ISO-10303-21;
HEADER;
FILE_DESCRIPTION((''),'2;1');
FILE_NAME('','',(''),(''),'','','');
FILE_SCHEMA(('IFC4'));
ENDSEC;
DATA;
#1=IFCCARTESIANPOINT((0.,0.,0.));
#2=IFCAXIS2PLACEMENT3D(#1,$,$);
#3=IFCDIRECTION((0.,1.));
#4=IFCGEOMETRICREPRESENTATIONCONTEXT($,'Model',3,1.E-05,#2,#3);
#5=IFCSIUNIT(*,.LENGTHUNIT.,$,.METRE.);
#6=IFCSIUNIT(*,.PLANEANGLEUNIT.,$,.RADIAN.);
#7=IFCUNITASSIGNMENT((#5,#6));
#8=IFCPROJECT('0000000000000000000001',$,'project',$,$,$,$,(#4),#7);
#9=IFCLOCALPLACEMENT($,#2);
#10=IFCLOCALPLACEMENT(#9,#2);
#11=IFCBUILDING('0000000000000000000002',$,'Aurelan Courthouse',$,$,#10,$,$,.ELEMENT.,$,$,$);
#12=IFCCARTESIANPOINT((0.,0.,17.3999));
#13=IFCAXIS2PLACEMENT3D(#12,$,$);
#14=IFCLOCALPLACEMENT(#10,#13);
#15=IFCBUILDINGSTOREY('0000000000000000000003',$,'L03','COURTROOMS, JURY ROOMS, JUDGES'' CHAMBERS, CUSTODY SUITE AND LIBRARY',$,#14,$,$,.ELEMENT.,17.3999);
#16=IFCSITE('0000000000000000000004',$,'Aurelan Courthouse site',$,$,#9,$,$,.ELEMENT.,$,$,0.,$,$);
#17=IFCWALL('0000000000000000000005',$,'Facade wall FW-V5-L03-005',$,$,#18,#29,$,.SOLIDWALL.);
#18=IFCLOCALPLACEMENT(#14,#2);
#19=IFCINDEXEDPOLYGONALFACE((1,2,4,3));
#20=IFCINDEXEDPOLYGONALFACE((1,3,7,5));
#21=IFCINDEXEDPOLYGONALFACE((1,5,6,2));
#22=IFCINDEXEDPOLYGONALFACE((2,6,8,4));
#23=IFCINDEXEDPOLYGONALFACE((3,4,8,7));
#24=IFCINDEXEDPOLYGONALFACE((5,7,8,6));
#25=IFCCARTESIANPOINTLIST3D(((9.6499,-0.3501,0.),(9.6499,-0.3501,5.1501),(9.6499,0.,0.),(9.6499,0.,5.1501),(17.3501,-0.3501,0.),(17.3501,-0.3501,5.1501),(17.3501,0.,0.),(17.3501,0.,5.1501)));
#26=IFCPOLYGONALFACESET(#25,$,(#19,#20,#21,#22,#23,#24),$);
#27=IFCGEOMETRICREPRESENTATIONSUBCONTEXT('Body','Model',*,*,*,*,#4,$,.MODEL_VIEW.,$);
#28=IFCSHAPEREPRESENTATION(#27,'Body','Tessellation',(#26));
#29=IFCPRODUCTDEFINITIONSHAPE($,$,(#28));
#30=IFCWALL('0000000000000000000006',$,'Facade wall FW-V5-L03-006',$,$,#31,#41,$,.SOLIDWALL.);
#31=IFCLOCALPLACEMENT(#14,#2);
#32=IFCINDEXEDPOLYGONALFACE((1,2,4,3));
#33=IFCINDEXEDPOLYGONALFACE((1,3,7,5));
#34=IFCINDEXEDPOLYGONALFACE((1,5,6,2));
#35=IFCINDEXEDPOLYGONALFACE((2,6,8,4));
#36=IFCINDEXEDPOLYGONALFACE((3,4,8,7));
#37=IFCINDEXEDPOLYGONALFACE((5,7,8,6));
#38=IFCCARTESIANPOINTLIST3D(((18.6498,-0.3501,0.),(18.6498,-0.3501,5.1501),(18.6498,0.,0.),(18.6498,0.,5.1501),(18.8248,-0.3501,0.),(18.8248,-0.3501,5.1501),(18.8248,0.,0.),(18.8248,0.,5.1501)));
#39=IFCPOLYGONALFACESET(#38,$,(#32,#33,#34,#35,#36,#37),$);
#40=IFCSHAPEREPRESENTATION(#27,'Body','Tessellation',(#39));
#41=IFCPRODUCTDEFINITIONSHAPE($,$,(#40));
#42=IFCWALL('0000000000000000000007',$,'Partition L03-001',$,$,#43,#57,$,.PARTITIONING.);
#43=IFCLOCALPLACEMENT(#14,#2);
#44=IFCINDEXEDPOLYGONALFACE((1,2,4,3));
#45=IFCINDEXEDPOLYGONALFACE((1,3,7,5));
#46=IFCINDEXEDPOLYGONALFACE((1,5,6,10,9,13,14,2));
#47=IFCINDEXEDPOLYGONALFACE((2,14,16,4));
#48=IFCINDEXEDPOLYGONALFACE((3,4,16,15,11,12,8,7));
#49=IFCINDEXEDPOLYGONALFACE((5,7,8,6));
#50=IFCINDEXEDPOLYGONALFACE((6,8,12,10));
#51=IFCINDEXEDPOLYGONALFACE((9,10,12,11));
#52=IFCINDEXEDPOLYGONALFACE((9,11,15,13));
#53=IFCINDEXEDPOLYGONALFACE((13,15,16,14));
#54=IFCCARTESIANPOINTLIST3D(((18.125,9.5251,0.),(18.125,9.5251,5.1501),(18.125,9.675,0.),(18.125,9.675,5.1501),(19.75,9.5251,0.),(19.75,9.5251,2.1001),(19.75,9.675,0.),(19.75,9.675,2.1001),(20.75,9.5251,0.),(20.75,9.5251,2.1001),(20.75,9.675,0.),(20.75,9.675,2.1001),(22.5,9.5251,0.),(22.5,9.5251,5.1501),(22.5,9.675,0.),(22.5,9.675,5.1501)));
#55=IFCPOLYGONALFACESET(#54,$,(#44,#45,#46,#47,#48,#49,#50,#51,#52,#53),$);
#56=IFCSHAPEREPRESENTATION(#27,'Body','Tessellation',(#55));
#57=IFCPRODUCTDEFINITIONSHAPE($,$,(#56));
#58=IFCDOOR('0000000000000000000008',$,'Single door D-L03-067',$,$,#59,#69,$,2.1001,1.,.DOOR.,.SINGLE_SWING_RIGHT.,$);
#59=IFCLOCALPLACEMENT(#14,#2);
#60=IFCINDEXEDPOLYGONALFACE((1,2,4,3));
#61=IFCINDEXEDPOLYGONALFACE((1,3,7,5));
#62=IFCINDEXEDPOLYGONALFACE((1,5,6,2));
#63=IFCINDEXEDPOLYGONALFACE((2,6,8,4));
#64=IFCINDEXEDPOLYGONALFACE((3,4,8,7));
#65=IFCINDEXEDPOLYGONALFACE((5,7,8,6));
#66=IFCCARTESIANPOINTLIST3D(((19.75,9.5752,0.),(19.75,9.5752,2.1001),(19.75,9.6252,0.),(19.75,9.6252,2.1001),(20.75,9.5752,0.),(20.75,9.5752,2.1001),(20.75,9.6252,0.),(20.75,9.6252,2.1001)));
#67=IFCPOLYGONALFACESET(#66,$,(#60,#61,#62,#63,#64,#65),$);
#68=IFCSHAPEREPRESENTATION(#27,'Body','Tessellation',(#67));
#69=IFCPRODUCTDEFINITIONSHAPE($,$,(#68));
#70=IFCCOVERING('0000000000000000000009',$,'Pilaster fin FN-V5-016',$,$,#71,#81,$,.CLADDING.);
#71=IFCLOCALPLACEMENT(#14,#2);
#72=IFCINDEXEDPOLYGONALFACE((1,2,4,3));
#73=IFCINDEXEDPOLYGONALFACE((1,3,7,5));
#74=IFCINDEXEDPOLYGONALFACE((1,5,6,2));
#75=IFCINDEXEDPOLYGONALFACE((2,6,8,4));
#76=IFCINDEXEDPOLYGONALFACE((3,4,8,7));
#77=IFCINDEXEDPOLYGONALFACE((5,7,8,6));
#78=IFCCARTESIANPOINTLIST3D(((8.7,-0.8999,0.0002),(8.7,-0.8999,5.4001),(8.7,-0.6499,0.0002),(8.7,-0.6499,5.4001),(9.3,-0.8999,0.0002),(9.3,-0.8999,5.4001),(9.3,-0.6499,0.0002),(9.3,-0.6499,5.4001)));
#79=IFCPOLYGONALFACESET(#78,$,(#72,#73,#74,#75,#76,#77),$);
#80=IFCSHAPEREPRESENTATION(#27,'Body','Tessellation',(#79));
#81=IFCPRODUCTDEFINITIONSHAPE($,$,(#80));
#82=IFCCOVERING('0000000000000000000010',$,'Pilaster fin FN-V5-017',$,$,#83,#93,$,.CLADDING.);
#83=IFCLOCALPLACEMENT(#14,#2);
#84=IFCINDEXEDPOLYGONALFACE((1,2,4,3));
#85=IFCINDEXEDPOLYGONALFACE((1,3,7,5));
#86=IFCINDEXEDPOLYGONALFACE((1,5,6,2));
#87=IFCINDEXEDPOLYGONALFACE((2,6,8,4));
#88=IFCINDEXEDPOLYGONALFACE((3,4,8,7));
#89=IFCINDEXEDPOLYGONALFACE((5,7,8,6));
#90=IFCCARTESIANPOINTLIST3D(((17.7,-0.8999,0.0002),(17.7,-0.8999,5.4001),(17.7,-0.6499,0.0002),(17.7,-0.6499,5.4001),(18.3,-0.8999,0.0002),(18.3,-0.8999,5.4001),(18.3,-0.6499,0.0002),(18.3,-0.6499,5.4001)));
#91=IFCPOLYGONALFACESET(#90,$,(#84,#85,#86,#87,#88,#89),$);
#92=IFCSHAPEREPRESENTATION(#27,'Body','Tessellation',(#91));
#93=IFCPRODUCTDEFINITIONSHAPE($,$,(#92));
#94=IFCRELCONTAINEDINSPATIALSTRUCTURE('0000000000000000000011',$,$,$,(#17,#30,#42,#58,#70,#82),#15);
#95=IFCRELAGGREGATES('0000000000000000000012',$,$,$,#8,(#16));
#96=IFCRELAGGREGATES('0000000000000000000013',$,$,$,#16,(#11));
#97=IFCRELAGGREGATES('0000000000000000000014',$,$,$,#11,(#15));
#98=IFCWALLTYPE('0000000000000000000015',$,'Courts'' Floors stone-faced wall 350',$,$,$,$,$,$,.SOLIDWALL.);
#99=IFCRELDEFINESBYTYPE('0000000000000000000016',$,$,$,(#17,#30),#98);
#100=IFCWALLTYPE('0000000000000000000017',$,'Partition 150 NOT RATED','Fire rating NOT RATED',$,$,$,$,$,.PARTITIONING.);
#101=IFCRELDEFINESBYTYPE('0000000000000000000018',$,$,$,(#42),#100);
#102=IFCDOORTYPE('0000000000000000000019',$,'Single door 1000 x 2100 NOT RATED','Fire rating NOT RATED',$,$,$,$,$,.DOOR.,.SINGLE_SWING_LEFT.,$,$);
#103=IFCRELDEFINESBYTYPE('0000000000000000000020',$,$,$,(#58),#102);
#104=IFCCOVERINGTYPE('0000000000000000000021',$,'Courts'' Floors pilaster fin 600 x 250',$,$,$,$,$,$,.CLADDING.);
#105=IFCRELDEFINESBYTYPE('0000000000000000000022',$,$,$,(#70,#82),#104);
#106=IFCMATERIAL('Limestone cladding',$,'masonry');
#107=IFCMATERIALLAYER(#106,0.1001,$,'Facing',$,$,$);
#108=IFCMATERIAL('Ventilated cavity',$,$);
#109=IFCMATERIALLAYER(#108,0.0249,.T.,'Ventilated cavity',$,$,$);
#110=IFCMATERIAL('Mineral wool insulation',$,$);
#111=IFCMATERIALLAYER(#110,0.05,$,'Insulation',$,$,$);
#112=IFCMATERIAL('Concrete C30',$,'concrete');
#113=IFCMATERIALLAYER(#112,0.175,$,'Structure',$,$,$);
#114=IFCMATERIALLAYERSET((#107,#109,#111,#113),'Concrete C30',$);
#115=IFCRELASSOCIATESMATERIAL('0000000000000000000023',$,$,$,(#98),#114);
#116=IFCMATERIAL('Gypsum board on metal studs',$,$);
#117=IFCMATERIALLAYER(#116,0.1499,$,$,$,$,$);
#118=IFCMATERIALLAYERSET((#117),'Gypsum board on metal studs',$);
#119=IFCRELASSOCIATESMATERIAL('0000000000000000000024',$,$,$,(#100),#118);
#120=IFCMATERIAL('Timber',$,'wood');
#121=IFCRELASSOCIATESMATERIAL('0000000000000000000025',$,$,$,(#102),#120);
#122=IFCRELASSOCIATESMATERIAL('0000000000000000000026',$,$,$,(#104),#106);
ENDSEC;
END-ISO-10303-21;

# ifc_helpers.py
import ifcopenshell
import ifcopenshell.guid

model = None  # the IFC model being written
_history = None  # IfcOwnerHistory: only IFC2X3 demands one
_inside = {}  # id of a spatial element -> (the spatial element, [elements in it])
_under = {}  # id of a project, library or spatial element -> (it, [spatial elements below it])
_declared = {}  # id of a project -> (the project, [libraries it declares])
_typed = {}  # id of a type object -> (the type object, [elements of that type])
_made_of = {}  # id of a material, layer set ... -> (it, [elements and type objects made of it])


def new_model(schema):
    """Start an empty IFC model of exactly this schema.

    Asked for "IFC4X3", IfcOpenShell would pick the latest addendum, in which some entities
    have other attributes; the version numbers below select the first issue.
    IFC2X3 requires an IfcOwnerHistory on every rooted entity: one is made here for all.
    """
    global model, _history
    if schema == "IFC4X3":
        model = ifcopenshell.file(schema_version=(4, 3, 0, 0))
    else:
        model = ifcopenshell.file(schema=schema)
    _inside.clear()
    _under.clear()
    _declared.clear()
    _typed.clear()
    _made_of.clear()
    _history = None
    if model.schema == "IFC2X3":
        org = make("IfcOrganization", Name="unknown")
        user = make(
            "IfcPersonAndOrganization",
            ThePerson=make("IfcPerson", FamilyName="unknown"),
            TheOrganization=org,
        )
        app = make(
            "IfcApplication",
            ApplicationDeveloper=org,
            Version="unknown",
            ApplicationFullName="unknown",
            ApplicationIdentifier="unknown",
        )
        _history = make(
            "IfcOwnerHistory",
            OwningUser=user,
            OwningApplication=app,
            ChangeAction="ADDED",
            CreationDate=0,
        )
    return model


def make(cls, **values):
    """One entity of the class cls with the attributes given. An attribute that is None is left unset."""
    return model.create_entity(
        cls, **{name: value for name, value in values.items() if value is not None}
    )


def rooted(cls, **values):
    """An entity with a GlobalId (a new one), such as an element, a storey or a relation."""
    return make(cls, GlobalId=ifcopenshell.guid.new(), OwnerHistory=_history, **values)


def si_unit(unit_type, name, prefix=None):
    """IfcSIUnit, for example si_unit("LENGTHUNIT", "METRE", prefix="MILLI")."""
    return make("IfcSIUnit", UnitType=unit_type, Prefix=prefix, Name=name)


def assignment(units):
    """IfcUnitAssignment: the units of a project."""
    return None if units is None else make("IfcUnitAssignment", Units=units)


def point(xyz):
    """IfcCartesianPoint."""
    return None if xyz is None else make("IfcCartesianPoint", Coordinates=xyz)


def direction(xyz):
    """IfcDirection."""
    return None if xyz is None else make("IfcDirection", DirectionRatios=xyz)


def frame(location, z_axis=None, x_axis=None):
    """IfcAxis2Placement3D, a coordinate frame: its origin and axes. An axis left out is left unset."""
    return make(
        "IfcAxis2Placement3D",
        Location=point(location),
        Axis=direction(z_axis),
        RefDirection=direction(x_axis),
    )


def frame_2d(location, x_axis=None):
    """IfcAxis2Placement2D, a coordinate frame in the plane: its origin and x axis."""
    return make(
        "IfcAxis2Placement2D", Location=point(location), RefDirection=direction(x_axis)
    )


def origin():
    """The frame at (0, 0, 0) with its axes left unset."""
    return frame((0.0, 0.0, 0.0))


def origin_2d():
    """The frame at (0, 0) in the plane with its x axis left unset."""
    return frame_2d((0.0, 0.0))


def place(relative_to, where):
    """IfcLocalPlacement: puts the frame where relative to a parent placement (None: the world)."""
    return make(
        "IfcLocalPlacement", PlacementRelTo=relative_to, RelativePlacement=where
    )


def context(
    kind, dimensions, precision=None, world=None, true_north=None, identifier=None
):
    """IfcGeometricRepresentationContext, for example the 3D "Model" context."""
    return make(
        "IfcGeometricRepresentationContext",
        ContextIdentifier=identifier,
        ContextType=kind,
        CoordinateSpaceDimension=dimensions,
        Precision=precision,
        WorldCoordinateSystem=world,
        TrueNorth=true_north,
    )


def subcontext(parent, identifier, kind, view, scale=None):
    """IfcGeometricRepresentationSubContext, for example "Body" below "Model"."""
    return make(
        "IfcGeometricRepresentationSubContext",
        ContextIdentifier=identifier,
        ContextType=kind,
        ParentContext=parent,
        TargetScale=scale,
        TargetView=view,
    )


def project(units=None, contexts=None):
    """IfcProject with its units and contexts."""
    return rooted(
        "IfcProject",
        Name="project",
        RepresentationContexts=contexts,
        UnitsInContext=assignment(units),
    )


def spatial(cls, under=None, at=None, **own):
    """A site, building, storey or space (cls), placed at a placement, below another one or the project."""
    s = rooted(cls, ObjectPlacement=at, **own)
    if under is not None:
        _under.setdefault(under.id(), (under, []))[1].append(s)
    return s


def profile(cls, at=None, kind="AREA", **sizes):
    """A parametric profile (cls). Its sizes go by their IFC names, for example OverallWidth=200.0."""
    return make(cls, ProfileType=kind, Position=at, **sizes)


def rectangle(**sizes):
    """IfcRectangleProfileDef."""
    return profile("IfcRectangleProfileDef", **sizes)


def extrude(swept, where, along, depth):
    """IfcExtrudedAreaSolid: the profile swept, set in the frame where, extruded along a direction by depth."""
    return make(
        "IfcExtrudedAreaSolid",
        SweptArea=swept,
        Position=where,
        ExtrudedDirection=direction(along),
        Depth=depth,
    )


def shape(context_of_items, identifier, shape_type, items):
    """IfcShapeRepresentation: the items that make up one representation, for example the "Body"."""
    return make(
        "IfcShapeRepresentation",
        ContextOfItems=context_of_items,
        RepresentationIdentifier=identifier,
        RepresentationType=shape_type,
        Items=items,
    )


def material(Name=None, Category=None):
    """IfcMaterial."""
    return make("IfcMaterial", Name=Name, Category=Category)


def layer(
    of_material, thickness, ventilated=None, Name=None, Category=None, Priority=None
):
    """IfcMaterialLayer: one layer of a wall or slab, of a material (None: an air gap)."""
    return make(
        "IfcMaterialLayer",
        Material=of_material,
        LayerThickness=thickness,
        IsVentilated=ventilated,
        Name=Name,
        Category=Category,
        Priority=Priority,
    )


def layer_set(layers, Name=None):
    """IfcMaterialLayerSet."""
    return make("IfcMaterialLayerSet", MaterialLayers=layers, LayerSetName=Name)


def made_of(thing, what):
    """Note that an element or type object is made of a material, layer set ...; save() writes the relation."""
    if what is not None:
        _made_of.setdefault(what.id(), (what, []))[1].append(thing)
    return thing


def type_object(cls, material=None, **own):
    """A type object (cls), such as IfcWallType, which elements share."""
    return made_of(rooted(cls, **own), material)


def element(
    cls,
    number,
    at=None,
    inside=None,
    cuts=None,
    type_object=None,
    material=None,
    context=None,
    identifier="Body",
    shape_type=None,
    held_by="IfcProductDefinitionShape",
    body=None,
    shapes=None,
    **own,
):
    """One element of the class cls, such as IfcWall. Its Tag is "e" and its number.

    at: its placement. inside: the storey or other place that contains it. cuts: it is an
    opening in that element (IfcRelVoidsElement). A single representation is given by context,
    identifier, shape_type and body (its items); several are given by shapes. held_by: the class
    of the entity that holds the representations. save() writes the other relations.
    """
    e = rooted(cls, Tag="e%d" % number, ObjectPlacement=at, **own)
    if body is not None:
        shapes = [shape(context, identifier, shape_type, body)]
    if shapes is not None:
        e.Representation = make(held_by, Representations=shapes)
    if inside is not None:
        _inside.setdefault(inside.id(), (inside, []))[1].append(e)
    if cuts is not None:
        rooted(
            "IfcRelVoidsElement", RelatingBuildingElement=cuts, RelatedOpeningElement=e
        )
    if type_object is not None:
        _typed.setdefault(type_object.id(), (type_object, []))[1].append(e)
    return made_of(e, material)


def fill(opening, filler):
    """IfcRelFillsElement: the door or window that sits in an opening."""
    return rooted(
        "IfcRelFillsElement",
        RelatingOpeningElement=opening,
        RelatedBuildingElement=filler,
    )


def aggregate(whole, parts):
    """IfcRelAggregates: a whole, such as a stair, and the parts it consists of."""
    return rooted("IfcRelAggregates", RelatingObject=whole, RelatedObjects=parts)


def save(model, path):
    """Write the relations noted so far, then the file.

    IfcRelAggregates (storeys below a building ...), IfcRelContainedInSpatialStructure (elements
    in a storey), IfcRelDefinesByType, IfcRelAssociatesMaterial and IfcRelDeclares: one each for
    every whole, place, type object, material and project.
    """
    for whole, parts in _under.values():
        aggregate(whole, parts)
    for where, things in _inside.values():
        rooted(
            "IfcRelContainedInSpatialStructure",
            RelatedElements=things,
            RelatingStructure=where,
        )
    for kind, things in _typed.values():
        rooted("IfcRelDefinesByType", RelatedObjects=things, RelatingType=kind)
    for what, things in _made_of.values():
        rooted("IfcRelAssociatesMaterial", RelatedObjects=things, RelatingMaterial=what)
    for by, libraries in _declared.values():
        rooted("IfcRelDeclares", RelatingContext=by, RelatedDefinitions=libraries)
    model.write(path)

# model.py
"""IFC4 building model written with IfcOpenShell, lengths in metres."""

from ifc_helpers import new_model, si_unit, direction, frame, frame_2d, origin, origin_2d, place, context, subcontext, project, spatial, rectangle, extrude, material, layer, layer_set, type_object, element, fill, save


model = new_model("IFC4")

# Units and contexts
model_context = context("Model", 3, precision=1e-05, world=origin(), true_north=direction((0.0, 1.0)))
body_context = subcontext(model_context, "Body", "Model", "MODEL_VIEW")
ifc_project = project(units=[si_unit("LENGTHUNIT", "METRE"), si_unit("PLANEANGLEUNIT", "RADIAN")], contexts=[model_context])

# Site, building, storey
site_placement = place(None, origin())
site = spatial("IfcSite", under=ifc_project, at=site_placement, Name="Aurelan Courthouse site", CompositionType="ELEMENT", RefElevation=0.0)
building_placement = place(site_placement, origin())
building = spatial("IfcBuilding", under=site, at=building_placement, Name="Aurelan Courthouse", CompositionType="ELEMENT")
storey_placement = place(building_placement, frame((0.0, 0.0, 17.3999)))
storey = spatial("IfcBuildingStorey", under=building, at=storey_placement, Name="L03", Description="COURTROOMS, JURY ROOMS, JUDGES' CHAMBERS, CUSTODY SUITE AND LIBRARY", CompositionType="ELEMENT", Elevation=17.3999)

# Walls
ifc_material_1 = material(Name="Limestone cladding", Category="masonry")
ifc_layer_1 = layer(ifc_material_1, 0.1001, Name="Facing")
ifc_material_2 = material(Name="Ventilated cavity")
ifc_layer_2 = layer(ifc_material_2, 0.0249, ventilated=True, Name="Ventilated cavity")
ifc_material_3 = material(Name="Mineral wool insulation")
ifc_layer_3 = layer(ifc_material_3, 0.05, Name="Insulation")
ifc_material_4 = material(Name="Concrete C30", Category="concrete")
ifc_layer_4 = layer(ifc_material_4, 0.175, Name="Structure")
ifc_layer_set_1 = layer_set([ifc_layer_1, ifc_layer_2, ifc_layer_3, ifc_layer_4], Name="Concrete C30")
wall_type_1 = type_object("IfcWallType", Name="Courts' Floors stone-faced wall 350", PredefinedType="SOLIDWALL", material=ifc_layer_set_1)
wall_1_placement = place(storey_placement, frame((9.6499, -0.175, 0.0), z_axis=(0.0, 0.0, 1.0), x_axis=(1.0, 0.0, 0.0)))
element("IfcWall", 1, at=wall_1_placement, inside=storey, type_object=wall_type_1, Name="Facade wall FW-V5-L03-005", PredefinedType="SOLIDWALL", context=body_context, shape_type="SweptSolid", body=[
    extrude(rectangle(XDim=7.7002, YDim=0.3501, at=frame_2d((3.8501, 0.0))), origin(), (0.0, 0.0, 1.0), 5.1501),
])
wall_2_placement = place(storey_placement, frame((18.6499, -0.175, 0.0), z_axis=(0.0, 0.0, 1.0), x_axis=(1.0, 0.0, 0.0)))
element("IfcWall", 2, at=wall_2_placement, inside=storey, type_object=wall_type_1, Name="Facade wall FW-V5-L03-006", PredefinedType="SOLIDWALL", context=body_context, shape_type="SweptSolid", body=[
    extrude(rectangle(XDim=0.175, YDim=0.3501, at=frame_2d((0.0874, 0.0))), origin(), (0.0, 0.0, 1.0), 5.1501),
])

# Wall, opening, door
ifc_material_5 = material(Name="Gypsum board on metal studs")
ifc_layer_5 = layer(ifc_material_5, 0.1499)
ifc_layer_set_2 = layer_set([ifc_layer_5], Name="Gypsum board on metal studs")
wall_type_2 = type_object("IfcWallType", Name="Partition 150 NOT RATED", Description="Fire rating NOT RATED", PredefinedType="PARTITIONING", material=ifc_layer_set_2)
wall_3_placement = place(storey_placement, frame((18.125, 9.6001, 0.0), z_axis=(0.0, 0.0, 1.0), x_axis=(1.0, 0.0, 0.0)))
wall_3 = element("IfcWall", 3, at=wall_3_placement, inside=storey, type_object=wall_type_2, Name="Partition L03-001", PredefinedType="PARTITIONING", context=body_context, shape_type="SweptSolid", body=[
    extrude(rectangle(XDim=4.375, YDim=0.1499, at=frame_2d((2.1875, 0.0))), origin(), (0.0, 0.0, 1.0), 5.1501),
])
opening_1_placement = place(wall_3_placement, frame((2.625, 0.0, 0.0), z_axis=(0.0, 0.0, 1.0), x_axis=(-1.0, 0.0, 0.0)))
opening_1 = element("IfcOpeningElement", 4, at=opening_1_placement, cuts=wall_3, PredefinedType="OPENING", context=body_context, shape_type="SweptSolid", body=[
    extrude(rectangle(XDim=1.0, YDim=2.1001, at=frame_2d((0.5, 1.05))), frame((0.0, 0.085, 0.0), z_axis=(0.0, -1.0, 0.0), x_axis=(1.0, 0.0, 0.0)), (0.0, 0.0, 1.0), 0.1699),
])
ifc_material_6 = material(Name="Timber", Category="wood")
door_type_1 = type_object("IfcDoorType", Name="Single door 1000 x 2100 NOT RATED", Description="Fire rating NOT RATED", OperationType="SINGLE_SWING_LEFT", PredefinedType="DOOR", material=ifc_material_6)
door_1_placement = place(opening_1_placement, origin())
door_1 = element("IfcDoor", 5, at=door_1_placement, inside=storey, type_object=door_type_1, Name="Single door D-L03-067", OperationType="SINGLE_SWING_RIGHT", OverallHeight=2.1001, OverallWidth=1.0, PredefinedType="DOOR", context=body_context, shape_type="SweptSolid", body=[
    extrude(rectangle(XDim=1.0, YDim=2.1001, at=frame_2d((0.5, 1.05))), frame((0.0, 0.0249, 0.0), z_axis=(0.0, -1.0, 0.0), x_axis=(1.0, 0.0, 0.0)), (0.0, 0.0, 1.0), 0.05),
])
fill(opening_1, door_1)

# Coverings
covering_type_1 = type_object("IfcCoveringType", Name="Courts' Floors pilaster fin 600 x 250", PredefinedType="CLADDING", material=ifc_material_1)
for number, where, z_axis, x_axis, name in (
    (6, (9.0, -0.7749, 0.0002), (0.0, 0.0, 1.0), (1.0, 0.0, 0.0), "Pilaster fin FN-V5-016"),
    (7, (18.0, -0.7749, 0.0002), (0.0, 0.0, 1.0), (1.0, 0.0, 0.0), "Pilaster fin FN-V5-017"),
):
    element("IfcCovering", number, at=place(storey_placement, frame(where, z_axis=z_axis, x_axis=x_axis)), inside=storey, type_object=covering_type_1, Name=name, PredefinedType="CLADDING", context=body_context, shape_type="SweptSolid", body=[
        extrude(rectangle(XDim=0.6001, YDim=0.25, at=origin_2d()), origin(), (0.0, 0.0, 1.0), 5.3999),
    ])

save(model, "model.ifc")
